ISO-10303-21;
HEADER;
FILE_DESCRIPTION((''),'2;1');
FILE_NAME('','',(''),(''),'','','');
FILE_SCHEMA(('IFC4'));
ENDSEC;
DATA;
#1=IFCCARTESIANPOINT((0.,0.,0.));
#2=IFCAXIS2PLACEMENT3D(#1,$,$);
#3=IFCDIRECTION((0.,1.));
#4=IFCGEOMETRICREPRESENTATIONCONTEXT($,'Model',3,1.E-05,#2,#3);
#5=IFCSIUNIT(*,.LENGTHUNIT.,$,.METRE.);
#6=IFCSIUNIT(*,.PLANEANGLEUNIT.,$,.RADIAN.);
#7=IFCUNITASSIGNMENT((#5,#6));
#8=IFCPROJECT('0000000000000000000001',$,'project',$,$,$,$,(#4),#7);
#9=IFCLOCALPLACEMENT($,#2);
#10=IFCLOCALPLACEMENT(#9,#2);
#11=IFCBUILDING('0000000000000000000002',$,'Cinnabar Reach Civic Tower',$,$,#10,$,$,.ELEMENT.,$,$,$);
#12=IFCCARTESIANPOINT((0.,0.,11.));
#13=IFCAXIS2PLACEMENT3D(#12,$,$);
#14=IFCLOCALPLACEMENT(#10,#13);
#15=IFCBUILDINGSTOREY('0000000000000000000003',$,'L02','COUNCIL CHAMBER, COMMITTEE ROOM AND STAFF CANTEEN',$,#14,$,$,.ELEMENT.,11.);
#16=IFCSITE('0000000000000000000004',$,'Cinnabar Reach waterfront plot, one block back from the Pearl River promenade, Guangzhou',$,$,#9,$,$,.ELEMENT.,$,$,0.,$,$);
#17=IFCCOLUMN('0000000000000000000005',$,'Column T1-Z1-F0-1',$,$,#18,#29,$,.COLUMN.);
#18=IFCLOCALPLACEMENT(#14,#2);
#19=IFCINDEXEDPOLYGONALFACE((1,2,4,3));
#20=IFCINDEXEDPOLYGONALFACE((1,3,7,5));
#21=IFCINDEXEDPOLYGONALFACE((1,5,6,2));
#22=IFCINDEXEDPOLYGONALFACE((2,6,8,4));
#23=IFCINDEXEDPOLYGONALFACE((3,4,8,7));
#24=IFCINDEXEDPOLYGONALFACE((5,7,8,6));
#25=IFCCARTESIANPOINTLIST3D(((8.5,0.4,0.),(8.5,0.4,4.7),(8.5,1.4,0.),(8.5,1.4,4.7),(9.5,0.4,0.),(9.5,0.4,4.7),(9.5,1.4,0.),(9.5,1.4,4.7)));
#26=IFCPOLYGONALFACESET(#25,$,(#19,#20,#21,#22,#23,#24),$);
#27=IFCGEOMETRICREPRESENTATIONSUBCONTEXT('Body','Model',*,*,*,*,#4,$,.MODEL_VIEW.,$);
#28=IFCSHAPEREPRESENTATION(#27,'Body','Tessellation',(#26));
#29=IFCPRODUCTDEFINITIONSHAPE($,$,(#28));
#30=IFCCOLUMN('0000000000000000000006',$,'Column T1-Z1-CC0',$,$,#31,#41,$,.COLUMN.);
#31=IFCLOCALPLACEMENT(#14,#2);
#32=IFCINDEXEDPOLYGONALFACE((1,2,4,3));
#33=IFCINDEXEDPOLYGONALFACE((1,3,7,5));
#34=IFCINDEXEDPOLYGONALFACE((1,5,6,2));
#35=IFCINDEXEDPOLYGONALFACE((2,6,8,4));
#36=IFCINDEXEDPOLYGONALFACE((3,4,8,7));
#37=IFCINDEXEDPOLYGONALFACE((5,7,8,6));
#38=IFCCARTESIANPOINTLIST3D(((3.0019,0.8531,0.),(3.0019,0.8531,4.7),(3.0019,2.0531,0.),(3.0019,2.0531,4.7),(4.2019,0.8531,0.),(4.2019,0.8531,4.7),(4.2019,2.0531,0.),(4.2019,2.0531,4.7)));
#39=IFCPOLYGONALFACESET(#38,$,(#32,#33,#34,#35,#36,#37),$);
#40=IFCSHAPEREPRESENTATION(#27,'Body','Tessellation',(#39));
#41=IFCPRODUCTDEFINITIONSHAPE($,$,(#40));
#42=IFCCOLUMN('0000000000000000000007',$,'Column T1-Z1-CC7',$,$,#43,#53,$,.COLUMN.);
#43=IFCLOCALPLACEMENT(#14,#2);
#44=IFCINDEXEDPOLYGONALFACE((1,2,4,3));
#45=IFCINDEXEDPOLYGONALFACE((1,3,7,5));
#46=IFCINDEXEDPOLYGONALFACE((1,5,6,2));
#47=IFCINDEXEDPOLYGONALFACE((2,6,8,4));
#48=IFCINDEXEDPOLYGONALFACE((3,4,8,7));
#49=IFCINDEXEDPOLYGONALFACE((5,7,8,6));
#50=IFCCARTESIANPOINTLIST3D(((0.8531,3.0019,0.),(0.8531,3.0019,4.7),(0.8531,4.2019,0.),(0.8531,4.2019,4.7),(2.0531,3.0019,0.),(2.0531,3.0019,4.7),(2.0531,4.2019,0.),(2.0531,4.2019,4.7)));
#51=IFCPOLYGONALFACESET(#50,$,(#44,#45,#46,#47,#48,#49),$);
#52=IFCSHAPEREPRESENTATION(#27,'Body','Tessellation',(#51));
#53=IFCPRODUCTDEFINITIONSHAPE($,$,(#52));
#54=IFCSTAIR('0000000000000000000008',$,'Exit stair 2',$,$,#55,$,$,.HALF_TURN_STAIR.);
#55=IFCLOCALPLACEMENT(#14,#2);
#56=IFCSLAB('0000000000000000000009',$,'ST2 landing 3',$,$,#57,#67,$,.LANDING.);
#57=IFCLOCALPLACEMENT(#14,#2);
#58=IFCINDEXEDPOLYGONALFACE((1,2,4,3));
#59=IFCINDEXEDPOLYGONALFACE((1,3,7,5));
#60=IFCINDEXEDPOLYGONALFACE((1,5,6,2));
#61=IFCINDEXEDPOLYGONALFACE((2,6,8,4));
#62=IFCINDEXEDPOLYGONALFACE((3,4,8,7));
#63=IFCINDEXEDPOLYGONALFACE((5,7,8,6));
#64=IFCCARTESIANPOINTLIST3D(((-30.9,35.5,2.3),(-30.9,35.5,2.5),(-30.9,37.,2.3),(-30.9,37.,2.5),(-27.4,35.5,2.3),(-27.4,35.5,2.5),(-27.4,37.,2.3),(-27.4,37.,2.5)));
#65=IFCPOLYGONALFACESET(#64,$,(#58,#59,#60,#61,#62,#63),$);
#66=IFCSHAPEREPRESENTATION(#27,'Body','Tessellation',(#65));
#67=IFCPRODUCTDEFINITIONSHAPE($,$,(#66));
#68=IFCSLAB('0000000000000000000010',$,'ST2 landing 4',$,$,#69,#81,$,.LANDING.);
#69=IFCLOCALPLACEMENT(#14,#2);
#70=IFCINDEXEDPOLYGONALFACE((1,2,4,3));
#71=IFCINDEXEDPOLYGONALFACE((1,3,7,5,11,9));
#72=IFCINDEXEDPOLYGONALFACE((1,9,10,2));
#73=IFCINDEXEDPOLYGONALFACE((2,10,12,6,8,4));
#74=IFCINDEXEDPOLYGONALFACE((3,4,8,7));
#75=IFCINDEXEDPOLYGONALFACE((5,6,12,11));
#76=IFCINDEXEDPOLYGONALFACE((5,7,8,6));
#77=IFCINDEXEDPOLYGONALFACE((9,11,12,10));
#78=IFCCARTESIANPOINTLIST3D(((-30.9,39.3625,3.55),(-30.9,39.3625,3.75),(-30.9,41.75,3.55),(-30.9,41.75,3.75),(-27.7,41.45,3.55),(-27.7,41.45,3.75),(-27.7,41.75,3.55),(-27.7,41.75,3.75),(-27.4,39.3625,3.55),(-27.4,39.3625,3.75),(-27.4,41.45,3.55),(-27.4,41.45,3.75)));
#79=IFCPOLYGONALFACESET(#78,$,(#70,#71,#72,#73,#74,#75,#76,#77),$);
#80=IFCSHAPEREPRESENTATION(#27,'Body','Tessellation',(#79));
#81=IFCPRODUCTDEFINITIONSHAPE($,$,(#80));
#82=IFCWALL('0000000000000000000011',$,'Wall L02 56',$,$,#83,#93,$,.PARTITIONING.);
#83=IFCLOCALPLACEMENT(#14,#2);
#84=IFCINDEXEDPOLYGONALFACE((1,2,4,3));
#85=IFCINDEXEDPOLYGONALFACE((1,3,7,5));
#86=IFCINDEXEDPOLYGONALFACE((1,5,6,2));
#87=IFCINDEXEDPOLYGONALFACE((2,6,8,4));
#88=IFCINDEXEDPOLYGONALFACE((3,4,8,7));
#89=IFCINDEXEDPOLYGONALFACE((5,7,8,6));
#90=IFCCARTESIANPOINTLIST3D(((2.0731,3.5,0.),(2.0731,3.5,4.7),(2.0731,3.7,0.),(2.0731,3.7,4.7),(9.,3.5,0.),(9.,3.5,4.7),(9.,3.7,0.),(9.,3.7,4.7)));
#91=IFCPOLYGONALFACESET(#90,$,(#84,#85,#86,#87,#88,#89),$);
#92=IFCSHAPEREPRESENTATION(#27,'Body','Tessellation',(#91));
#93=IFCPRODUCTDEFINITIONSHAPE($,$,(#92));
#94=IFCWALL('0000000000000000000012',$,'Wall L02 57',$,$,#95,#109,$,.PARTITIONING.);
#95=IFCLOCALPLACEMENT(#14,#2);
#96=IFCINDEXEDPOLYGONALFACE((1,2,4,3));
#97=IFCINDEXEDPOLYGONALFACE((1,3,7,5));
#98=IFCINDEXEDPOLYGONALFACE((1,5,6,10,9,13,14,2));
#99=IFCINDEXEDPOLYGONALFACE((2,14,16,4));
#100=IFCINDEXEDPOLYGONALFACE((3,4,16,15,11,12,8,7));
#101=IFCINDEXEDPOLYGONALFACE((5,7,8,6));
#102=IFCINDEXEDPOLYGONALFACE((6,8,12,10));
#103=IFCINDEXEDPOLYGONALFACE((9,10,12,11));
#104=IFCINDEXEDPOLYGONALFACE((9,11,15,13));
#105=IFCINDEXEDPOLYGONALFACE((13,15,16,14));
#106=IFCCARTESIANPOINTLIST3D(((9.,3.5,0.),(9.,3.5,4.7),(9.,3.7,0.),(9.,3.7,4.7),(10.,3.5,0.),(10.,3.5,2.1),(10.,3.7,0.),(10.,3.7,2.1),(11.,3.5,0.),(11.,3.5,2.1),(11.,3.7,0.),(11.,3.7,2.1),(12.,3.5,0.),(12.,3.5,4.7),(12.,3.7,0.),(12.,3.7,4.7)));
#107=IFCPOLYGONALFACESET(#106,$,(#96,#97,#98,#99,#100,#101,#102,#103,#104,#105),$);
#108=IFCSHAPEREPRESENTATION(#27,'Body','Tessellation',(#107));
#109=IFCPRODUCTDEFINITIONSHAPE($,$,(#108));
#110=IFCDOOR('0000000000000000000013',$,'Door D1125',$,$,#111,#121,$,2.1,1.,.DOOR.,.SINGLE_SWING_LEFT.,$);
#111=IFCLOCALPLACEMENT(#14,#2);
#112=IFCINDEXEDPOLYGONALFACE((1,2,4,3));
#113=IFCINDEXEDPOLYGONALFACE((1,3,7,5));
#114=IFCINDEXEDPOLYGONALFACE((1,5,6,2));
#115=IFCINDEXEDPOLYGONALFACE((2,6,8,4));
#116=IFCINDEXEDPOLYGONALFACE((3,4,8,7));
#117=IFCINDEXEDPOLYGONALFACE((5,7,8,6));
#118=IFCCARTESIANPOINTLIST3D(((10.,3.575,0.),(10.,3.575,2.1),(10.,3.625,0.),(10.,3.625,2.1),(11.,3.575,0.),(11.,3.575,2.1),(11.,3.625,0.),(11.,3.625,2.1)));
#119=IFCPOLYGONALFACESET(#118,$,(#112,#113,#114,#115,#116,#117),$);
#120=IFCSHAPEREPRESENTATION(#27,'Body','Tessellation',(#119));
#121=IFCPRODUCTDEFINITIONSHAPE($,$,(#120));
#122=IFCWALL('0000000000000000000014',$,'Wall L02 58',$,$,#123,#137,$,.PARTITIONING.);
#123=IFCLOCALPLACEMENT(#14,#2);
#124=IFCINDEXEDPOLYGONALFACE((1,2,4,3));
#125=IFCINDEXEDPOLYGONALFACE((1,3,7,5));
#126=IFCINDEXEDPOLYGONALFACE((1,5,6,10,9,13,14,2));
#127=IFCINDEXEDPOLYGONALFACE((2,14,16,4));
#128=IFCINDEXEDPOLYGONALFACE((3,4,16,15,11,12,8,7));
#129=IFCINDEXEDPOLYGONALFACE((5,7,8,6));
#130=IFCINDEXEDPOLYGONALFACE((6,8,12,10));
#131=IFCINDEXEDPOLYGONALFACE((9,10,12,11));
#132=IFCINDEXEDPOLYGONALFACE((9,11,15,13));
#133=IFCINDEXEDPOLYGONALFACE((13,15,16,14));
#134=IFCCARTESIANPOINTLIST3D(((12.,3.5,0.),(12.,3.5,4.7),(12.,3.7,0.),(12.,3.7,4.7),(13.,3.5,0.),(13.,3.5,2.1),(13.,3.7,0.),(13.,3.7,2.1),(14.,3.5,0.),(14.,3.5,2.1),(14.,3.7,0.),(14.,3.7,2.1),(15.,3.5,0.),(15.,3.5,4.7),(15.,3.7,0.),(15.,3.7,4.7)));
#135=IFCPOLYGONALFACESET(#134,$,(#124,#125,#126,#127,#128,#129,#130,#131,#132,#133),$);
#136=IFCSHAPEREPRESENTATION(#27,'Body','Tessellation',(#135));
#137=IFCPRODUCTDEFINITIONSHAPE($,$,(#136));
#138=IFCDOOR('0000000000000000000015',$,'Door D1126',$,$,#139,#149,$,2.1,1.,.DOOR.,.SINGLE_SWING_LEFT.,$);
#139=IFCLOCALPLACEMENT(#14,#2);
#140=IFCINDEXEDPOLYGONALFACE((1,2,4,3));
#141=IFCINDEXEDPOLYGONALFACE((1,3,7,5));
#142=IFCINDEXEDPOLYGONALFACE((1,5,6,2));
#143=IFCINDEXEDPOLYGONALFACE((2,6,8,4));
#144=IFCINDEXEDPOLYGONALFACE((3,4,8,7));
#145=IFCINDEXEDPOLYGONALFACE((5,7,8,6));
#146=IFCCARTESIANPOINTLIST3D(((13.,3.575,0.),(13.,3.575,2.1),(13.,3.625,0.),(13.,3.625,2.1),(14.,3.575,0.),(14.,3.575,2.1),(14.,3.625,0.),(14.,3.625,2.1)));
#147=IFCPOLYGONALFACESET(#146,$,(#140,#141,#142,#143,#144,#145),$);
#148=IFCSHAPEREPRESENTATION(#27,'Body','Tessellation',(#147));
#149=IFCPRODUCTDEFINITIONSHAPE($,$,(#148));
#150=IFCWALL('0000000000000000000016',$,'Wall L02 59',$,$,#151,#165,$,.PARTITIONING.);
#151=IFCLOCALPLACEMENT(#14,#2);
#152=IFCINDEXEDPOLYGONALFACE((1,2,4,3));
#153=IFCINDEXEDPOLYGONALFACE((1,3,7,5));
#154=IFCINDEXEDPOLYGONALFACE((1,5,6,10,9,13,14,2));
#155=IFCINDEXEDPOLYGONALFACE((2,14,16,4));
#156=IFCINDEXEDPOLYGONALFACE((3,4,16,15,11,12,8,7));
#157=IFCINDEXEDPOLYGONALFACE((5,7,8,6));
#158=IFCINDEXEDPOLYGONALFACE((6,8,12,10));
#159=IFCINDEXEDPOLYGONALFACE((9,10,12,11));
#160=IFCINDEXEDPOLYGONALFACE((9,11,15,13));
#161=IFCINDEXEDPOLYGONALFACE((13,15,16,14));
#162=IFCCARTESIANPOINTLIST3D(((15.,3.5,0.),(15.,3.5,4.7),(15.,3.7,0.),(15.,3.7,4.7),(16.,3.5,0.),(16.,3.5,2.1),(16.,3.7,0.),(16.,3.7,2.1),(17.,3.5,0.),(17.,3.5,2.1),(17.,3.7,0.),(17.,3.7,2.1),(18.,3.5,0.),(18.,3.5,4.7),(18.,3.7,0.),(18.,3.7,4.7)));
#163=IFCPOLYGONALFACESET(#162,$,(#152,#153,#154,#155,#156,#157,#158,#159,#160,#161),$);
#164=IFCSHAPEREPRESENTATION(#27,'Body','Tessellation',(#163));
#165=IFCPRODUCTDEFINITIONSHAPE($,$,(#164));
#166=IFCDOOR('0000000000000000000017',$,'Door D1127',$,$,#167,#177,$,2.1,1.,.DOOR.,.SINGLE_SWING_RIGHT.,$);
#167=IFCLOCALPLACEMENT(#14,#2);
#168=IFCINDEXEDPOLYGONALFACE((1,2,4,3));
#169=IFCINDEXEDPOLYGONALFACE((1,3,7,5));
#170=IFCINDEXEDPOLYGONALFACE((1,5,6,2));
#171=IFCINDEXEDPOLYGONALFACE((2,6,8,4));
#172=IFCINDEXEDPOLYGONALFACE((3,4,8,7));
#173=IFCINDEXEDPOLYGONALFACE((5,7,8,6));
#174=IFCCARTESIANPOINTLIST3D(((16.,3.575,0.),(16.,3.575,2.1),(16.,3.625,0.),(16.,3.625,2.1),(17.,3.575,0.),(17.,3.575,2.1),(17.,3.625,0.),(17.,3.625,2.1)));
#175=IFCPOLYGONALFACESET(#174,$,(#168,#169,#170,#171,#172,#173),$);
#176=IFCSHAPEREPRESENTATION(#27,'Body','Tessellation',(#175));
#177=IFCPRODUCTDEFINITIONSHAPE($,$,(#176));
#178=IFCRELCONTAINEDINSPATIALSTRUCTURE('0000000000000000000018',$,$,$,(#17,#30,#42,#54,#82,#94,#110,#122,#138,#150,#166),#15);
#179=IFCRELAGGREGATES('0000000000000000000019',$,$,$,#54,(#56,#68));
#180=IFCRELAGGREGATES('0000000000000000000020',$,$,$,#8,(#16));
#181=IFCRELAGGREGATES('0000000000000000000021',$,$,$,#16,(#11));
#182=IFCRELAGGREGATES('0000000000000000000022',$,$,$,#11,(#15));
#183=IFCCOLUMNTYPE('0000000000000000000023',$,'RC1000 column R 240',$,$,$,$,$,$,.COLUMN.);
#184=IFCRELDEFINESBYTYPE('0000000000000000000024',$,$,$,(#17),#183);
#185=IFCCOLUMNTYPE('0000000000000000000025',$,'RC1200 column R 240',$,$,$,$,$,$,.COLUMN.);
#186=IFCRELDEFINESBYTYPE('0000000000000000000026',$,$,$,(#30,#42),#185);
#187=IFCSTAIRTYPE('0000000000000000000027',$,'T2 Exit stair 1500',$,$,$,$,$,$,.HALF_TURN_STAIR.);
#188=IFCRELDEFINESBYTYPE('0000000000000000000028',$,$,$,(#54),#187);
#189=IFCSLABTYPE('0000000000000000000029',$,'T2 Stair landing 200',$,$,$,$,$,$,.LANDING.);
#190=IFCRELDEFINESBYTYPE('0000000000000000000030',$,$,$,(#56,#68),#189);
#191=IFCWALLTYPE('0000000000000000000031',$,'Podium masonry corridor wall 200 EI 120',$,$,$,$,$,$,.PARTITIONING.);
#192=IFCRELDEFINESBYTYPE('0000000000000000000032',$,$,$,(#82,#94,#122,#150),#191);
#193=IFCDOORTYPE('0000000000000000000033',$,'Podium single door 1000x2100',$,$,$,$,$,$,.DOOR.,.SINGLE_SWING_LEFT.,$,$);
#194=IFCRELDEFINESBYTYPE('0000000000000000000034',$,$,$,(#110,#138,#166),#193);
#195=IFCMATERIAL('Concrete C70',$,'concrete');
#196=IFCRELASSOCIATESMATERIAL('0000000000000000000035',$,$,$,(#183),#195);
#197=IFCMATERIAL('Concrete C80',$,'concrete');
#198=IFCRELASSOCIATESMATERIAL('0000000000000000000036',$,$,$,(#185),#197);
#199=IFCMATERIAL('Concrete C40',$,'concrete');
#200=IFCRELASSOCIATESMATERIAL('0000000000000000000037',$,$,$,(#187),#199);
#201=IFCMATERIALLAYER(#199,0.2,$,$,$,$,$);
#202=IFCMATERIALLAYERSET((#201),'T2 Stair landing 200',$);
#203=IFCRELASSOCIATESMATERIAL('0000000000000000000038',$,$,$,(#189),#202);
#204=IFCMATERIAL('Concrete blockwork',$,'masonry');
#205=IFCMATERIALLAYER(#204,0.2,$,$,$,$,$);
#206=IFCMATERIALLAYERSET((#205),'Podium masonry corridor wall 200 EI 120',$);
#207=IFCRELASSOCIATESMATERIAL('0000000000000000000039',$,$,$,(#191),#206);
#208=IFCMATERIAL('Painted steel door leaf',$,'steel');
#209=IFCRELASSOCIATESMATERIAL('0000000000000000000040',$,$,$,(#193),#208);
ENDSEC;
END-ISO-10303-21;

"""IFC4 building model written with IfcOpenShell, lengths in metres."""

from ifc_helpers import new_model, si_unit, direction, frame, frame_2d, origin, origin_2d, place, context, subcontext, project, spatial, polyline, rectangle, outline, extrude, material, layer, layer_set, material_profile, profile_set, type_object, element, fill, aggregate, save


model = new_model("IFC4")

# Units and contexts
model_context = context("Model", 3, precision=1e-05, world=origin(), true_north=direction((0.0, 1.0)))
body_context = subcontext(model_context, "Body", "Model", "MODEL_VIEW")
ifc_project = project(units=[si_unit("LENGTHUNIT", "METRE"), si_unit("PLANEANGLEUNIT", "RADIAN")], contexts=[model_context])

# Site, building, storey
site_placement = place(None, origin())
site = spatial("IfcSite", under=ifc_project, at=site_placement, Name="Cinnabar Reach waterfront plot, one block back from the Pearl River promenade, Guangzhou", CompositionType="ELEMENT", RefElevation=0.0)
building_placement = place(site_placement, origin())
building = spatial("IfcBuilding", under=site, at=building_placement, Name="Cinnabar Reach Civic Tower", CompositionType="ELEMENT")
storey_placement = place(building_placement, frame((0.0, 0.0, 11.0)))
storey = spatial("IfcBuildingStorey", under=building, at=storey_placement, Name="L02", Description="COUNCIL CHAMBER, COMMITTEE ROOM AND STAFF CANTEEN", CompositionType="ELEMENT", Elevation=11.0)

# Columns
ifc_material_1 = material(Name="Concrete C70", Category="concrete")
ifc_material_profile_1 = material_profile(ifc_material_1, rectangle(XDim=1.0, YDim=1.0, at=origin_2d()), Name="RC1000")
ifc_profile_set_1 = profile_set([ifc_material_profile_1], Name="Concrete C70")
column_type_1 = type_object("IfcColumnType", Name="RC1000 column R 240", PredefinedType="COLUMN", material=ifc_profile_set_1)
column_placement = place(storey_placement, frame((9.0, 0.9, 0.0), z_axis=(0.0, 0.0, 1.0), x_axis=(1.0, 0.0, 0.0)))
element("IfcColumn", 1, at=column_placement, inside=storey, type_object=column_type_1, Name="Column T1-Z1-F0-1", PredefinedType="COLUMN", context=body_context, shape_type="SweptSolid", body=[
    extrude(rectangle(XDim=1.0, YDim=1.0, at=origin_2d()), origin(), (0.0, 0.0, 1.0), 4.7),
])
ifc_material_2 = material(Name="Concrete C80", Category="concrete")
ifc_material_profile_2 = material_profile(ifc_material_2, rectangle(XDim=1.2, YDim=1.2, at=origin_2d()), Name="RC1200")
ifc_profile_set_2 = profile_set([ifc_material_profile_2], Name="Concrete C80")
column_type_2 = type_object("IfcColumnType", Name="RC1200 column R 240", PredefinedType="COLUMN", material=ifc_profile_set_2)
for number, where, z_axis, x_axis, name in (
    (2, (3.6019, 1.4531, 0.0), (0.0, 0.0, 1.0), (1.0, 0.0, 0.0), "Column T1-Z1-CC0"),
    (3, (1.4531, 3.6019, 0.0), (0.0, 0.0, 1.0), (1.0, 0.0, 0.0), "Column T1-Z1-CC7"),
):
    element("IfcColumn", number, at=place(storey_placement, frame(where, z_axis=z_axis, x_axis=x_axis)), inside=storey, type_object=column_type_2, Name=name, PredefinedType="COLUMN", context=body_context, shape_type="SweptSolid", body=[
        extrude(rectangle(XDim=1.2, YDim=1.2, at=origin_2d()), origin(), (0.0, 0.0, 1.0), 4.7),
    ])

# Stair, slabs
ifc_material_3 = material(Name="Concrete C40", Category="concrete")
stair_type = type_object("IfcStairType", Name="T2 Exit stair 1500", PredefinedType="HALF_TURN_STAIR", material=ifc_material_3)
stair_placement = place(storey_placement, origin())
stair = element("IfcStair", 4, at=stair_placement, inside=storey, type_object=stair_type, Name="Exit stair 2", PredefinedType="HALF_TURN_STAIR")
ifc_layer_1 = layer(ifc_material_3, 0.2)
ifc_layer_set_1 = layer_set([ifc_layer_1], Name="T2 Stair landing 200")
slab_type = type_object("IfcSlabType", Name="T2 Stair landing 200", PredefinedType="LANDING", material=ifc_layer_set_1)
slab_1_placement = place(storey_placement, frame((0.0, 0.0, 2.3)))
slab_1 = element("IfcSlab", 5, at=slab_1_placement, type_object=slab_type, Name="ST2 landing 3", PredefinedType="LANDING", context=body_context, shape_type="SweptSolid", body=[
    extrude(outline(polyline([(-30.9, 35.5), (-30.9, 37.0), (-27.4, 37.0), (-27.4, 35.5), (-30.9, 35.5)])), origin(), (0.0, 0.0, 1.0), 0.2),
])
slab_2_placement = place(storey_placement, frame((0.0, 0.0, 3.55)))
slab_2 = element("IfcSlab", 6, at=slab_2_placement, type_object=slab_type, Name="ST2 landing 4", PredefinedType="LANDING", context=body_context, shape_type="SweptSolid", body=[
    extrude(outline(polyline([(-27.4, 39.3625), (-30.9, 39.3625), (-30.9, 41.75), (-27.7, 41.75), (-27.7, 41.45), (-27.4, 41.45), (-27.4, 39.3625)])), origin(), (0.0, 0.0, 1.0), 0.2),
])
aggregate(stair, [slab_1, slab_2])

# Wall
ifc_material_4 = material(Name="Concrete blockwork", Category="masonry")
ifc_layer_2 = layer(ifc_material_4, 0.2)
ifc_layer_set_2 = layer_set([ifc_layer_2], Name="Podium masonry corridor wall 200 EI 120")
wall_type_1 = type_object("IfcWallType", Name="Podium masonry corridor wall 200 EI 120", PredefinedType="PARTITIONING", material=ifc_layer_set_2)
wall_1_placement = place(storey_placement, frame((2.0731, 3.6, 0.0), z_axis=(0.0, 0.0, 1.0), x_axis=(1.0, 0.0, 0.0)))
element("IfcWall", 7, at=wall_1_placement, inside=storey, type_object=wall_type_1, Name="Wall L02 56", PredefinedType="PARTITIONING", context=body_context, shape_type="SweptSolid", body=[
    extrude(rectangle(XDim=6.9269, YDim=0.2, at=frame_2d((3.4634, 0.0))), origin(), (0.0, 0.0, 1.0), 4.7),
])

# Walls, openings, doors
wall_2_placement = place(storey_placement, frame((9.0, 3.6, 0.0), z_axis=(0.0, 0.0, 1.0), x_axis=(1.0, 0.0, 0.0)))
wall_2 = element("IfcWall", 8, at=wall_2_placement, inside=storey, type_object=wall_type_1, Name="Wall L02 57", PredefinedType="PARTITIONING", context=body_context, shape_type="SweptSolid", body=[
    extrude(rectangle(XDim=3.0, YDim=0.2, at=frame_2d((1.5, 0.0))), origin(), (0.0, 0.0, 1.0), 4.7),
])
opening_1_placement = place(wall_2_placement, frame((1.0, 0.0, 0.0)))
opening_1 = element("IfcOpeningElement", 9, at=opening_1_placement, cuts=wall_2, PredefinedType="OPENING", context=body_context, shape_type="SweptSolid", body=[
    extrude(rectangle(XDim=1.0, YDim=2.1, at=frame_2d((0.5, 1.05))), frame((0.0, 0.11, 0.0), z_axis=(0.0, -1.0, 0.0), x_axis=(1.0, 0.0, 0.0)), (0.0, 0.0, 1.0), 0.22),
])
ifc_material_5 = material(Name="Painted steel door leaf", Category="steel")
door_type_1 = type_object("IfcDoorType", Name="Podium single door 1000x2100", OperationType="SINGLE_SWING_LEFT", PredefinedType="DOOR", material=ifc_material_5)
door_1_placement = place(opening_1_placement, origin())
door_1 = element("IfcDoor", 10, at=door_1_placement, inside=storey, type_object=door_type_1, Name="Door D1125", OperationType="SINGLE_SWING_LEFT", OverallHeight=2.1, OverallWidth=1.0, PredefinedType="DOOR", context=body_context, shape_type="SweptSolid", body=[
    extrude(rectangle(XDim=1.0, YDim=2.1, at=frame_2d((0.5, 1.05))), frame((0.0, 0.025, 0.0), z_axis=(0.0, -1.0, 0.0), x_axis=(1.0, 0.0, 0.0)), (0.0, 0.0, 1.0), 0.05),
])
fill(opening_1, door_1)
wall_3_placement = place(storey_placement, frame((12.0, 3.6, 0.0), z_axis=(0.0, 0.0, 1.0), x_axis=(1.0, 0.0, 0.0)))
wall_3 = element("IfcWall", 11, at=wall_3_placement, inside=storey, type_object=wall_type_1, Name="Wall L02 58", PredefinedType="PARTITIONING", context=body_context, shape_type="SweptSolid", body=[
    extrude(rectangle(XDim=3.0, YDim=0.2, at=frame_2d((1.5, 0.0))), origin(), (0.0, 0.0, 1.0), 4.7),
])
opening_2_placement = place(wall_3_placement, frame((1.0, 0.0, 0.0)))
opening_2 = element("IfcOpeningElement", 12, at=opening_2_placement, cuts=wall_3, PredefinedType="OPENING", context=body_context, shape_type="SweptSolid", body=[
    extrude(rectangle(XDim=1.0, YDim=2.1, at=frame_2d((0.5, 1.05))), frame((0.0, 0.11, 0.0), z_axis=(0.0, -1.0, 0.0), x_axis=(1.0, 0.0, 0.0)), (0.0, 0.0, 1.0), 0.22),
])
door_2_placement = place(opening_2_placement, origin())
door_2 = element("IfcDoor", 13, at=door_2_placement, inside=storey, type_object=door_type_1, Name="Door D1126", OperationType="SINGLE_SWING_LEFT", OverallHeight=2.1, OverallWidth=1.0, PredefinedType="DOOR", context=body_context, shape_type="SweptSolid", body=[
    extrude(rectangle(XDim=1.0, YDim=2.1, at=frame_2d((0.5, 1.05))), frame((0.0, 0.025, 0.0), z_axis=(0.0, -1.0, 0.0), x_axis=(1.0, 0.0, 0.0)), (0.0, 0.0, 1.0), 0.05),
])
fill(opening_2, door_2)
wall_4_placement = place(storey_placement, frame((15.0, 3.6, 0.0), z_axis=(0.0, 0.0, 1.0), x_axis=(1.0, 0.0, 0.0)))
wall_4 = element("IfcWall", 14, at=wall_4_placement, inside=storey, type_object=wall_type_1, Name="Wall L02 59", PredefinedType="PARTITIONING", context=body_context, shape_type="SweptSolid", body=[
    extrude(rectangle(XDim=3.0, YDim=0.2, at=frame_2d((1.5, 0.0))), origin(), (0.0, 0.0, 1.0), 4.7),
])
opening_3_placement = place(wall_4_placement, frame((1.0, 0.0, 0.0)))
opening_3 = element("IfcOpeningElement", 15, at=opening_3_placement, cuts=wall_4, PredefinedType="OPENING", context=body_context, shape_type="SweptSolid", body=[
    extrude(rectangle(XDim=1.0, YDim=2.1, at=frame_2d((0.5, 1.05))), frame((0.0, 0.11, 0.0), z_axis=(0.0, -1.0, 0.0), x_axis=(1.0, 0.0, 0.0)), (0.0, 0.0, 1.0), 0.22),
])
door_3_placement = place(opening_3_placement, origin())
door_3 = element("IfcDoor", 16, at=door_3_placement, inside=storey, type_object=door_type_1, Name="Door D1127", OperationType="SINGLE_SWING_RIGHT", OverallHeight=2.1, OverallWidth=1.0, PredefinedType="DOOR", context=body_context, shape_type="SweptSolid", body=[
    extrude(rectangle(XDim=1.0, YDim=2.1, at=frame_2d((0.5, 1.05))), frame((0.0, 0.025, 0.0), z_axis=(0.0, -1.0, 0.0), x_axis=(1.0, 0.0, 0.0)), (0.0, 0.0, 1.0), 0.05),
])
fill(opening_3, door_3)

save(model, "model.ifc")
